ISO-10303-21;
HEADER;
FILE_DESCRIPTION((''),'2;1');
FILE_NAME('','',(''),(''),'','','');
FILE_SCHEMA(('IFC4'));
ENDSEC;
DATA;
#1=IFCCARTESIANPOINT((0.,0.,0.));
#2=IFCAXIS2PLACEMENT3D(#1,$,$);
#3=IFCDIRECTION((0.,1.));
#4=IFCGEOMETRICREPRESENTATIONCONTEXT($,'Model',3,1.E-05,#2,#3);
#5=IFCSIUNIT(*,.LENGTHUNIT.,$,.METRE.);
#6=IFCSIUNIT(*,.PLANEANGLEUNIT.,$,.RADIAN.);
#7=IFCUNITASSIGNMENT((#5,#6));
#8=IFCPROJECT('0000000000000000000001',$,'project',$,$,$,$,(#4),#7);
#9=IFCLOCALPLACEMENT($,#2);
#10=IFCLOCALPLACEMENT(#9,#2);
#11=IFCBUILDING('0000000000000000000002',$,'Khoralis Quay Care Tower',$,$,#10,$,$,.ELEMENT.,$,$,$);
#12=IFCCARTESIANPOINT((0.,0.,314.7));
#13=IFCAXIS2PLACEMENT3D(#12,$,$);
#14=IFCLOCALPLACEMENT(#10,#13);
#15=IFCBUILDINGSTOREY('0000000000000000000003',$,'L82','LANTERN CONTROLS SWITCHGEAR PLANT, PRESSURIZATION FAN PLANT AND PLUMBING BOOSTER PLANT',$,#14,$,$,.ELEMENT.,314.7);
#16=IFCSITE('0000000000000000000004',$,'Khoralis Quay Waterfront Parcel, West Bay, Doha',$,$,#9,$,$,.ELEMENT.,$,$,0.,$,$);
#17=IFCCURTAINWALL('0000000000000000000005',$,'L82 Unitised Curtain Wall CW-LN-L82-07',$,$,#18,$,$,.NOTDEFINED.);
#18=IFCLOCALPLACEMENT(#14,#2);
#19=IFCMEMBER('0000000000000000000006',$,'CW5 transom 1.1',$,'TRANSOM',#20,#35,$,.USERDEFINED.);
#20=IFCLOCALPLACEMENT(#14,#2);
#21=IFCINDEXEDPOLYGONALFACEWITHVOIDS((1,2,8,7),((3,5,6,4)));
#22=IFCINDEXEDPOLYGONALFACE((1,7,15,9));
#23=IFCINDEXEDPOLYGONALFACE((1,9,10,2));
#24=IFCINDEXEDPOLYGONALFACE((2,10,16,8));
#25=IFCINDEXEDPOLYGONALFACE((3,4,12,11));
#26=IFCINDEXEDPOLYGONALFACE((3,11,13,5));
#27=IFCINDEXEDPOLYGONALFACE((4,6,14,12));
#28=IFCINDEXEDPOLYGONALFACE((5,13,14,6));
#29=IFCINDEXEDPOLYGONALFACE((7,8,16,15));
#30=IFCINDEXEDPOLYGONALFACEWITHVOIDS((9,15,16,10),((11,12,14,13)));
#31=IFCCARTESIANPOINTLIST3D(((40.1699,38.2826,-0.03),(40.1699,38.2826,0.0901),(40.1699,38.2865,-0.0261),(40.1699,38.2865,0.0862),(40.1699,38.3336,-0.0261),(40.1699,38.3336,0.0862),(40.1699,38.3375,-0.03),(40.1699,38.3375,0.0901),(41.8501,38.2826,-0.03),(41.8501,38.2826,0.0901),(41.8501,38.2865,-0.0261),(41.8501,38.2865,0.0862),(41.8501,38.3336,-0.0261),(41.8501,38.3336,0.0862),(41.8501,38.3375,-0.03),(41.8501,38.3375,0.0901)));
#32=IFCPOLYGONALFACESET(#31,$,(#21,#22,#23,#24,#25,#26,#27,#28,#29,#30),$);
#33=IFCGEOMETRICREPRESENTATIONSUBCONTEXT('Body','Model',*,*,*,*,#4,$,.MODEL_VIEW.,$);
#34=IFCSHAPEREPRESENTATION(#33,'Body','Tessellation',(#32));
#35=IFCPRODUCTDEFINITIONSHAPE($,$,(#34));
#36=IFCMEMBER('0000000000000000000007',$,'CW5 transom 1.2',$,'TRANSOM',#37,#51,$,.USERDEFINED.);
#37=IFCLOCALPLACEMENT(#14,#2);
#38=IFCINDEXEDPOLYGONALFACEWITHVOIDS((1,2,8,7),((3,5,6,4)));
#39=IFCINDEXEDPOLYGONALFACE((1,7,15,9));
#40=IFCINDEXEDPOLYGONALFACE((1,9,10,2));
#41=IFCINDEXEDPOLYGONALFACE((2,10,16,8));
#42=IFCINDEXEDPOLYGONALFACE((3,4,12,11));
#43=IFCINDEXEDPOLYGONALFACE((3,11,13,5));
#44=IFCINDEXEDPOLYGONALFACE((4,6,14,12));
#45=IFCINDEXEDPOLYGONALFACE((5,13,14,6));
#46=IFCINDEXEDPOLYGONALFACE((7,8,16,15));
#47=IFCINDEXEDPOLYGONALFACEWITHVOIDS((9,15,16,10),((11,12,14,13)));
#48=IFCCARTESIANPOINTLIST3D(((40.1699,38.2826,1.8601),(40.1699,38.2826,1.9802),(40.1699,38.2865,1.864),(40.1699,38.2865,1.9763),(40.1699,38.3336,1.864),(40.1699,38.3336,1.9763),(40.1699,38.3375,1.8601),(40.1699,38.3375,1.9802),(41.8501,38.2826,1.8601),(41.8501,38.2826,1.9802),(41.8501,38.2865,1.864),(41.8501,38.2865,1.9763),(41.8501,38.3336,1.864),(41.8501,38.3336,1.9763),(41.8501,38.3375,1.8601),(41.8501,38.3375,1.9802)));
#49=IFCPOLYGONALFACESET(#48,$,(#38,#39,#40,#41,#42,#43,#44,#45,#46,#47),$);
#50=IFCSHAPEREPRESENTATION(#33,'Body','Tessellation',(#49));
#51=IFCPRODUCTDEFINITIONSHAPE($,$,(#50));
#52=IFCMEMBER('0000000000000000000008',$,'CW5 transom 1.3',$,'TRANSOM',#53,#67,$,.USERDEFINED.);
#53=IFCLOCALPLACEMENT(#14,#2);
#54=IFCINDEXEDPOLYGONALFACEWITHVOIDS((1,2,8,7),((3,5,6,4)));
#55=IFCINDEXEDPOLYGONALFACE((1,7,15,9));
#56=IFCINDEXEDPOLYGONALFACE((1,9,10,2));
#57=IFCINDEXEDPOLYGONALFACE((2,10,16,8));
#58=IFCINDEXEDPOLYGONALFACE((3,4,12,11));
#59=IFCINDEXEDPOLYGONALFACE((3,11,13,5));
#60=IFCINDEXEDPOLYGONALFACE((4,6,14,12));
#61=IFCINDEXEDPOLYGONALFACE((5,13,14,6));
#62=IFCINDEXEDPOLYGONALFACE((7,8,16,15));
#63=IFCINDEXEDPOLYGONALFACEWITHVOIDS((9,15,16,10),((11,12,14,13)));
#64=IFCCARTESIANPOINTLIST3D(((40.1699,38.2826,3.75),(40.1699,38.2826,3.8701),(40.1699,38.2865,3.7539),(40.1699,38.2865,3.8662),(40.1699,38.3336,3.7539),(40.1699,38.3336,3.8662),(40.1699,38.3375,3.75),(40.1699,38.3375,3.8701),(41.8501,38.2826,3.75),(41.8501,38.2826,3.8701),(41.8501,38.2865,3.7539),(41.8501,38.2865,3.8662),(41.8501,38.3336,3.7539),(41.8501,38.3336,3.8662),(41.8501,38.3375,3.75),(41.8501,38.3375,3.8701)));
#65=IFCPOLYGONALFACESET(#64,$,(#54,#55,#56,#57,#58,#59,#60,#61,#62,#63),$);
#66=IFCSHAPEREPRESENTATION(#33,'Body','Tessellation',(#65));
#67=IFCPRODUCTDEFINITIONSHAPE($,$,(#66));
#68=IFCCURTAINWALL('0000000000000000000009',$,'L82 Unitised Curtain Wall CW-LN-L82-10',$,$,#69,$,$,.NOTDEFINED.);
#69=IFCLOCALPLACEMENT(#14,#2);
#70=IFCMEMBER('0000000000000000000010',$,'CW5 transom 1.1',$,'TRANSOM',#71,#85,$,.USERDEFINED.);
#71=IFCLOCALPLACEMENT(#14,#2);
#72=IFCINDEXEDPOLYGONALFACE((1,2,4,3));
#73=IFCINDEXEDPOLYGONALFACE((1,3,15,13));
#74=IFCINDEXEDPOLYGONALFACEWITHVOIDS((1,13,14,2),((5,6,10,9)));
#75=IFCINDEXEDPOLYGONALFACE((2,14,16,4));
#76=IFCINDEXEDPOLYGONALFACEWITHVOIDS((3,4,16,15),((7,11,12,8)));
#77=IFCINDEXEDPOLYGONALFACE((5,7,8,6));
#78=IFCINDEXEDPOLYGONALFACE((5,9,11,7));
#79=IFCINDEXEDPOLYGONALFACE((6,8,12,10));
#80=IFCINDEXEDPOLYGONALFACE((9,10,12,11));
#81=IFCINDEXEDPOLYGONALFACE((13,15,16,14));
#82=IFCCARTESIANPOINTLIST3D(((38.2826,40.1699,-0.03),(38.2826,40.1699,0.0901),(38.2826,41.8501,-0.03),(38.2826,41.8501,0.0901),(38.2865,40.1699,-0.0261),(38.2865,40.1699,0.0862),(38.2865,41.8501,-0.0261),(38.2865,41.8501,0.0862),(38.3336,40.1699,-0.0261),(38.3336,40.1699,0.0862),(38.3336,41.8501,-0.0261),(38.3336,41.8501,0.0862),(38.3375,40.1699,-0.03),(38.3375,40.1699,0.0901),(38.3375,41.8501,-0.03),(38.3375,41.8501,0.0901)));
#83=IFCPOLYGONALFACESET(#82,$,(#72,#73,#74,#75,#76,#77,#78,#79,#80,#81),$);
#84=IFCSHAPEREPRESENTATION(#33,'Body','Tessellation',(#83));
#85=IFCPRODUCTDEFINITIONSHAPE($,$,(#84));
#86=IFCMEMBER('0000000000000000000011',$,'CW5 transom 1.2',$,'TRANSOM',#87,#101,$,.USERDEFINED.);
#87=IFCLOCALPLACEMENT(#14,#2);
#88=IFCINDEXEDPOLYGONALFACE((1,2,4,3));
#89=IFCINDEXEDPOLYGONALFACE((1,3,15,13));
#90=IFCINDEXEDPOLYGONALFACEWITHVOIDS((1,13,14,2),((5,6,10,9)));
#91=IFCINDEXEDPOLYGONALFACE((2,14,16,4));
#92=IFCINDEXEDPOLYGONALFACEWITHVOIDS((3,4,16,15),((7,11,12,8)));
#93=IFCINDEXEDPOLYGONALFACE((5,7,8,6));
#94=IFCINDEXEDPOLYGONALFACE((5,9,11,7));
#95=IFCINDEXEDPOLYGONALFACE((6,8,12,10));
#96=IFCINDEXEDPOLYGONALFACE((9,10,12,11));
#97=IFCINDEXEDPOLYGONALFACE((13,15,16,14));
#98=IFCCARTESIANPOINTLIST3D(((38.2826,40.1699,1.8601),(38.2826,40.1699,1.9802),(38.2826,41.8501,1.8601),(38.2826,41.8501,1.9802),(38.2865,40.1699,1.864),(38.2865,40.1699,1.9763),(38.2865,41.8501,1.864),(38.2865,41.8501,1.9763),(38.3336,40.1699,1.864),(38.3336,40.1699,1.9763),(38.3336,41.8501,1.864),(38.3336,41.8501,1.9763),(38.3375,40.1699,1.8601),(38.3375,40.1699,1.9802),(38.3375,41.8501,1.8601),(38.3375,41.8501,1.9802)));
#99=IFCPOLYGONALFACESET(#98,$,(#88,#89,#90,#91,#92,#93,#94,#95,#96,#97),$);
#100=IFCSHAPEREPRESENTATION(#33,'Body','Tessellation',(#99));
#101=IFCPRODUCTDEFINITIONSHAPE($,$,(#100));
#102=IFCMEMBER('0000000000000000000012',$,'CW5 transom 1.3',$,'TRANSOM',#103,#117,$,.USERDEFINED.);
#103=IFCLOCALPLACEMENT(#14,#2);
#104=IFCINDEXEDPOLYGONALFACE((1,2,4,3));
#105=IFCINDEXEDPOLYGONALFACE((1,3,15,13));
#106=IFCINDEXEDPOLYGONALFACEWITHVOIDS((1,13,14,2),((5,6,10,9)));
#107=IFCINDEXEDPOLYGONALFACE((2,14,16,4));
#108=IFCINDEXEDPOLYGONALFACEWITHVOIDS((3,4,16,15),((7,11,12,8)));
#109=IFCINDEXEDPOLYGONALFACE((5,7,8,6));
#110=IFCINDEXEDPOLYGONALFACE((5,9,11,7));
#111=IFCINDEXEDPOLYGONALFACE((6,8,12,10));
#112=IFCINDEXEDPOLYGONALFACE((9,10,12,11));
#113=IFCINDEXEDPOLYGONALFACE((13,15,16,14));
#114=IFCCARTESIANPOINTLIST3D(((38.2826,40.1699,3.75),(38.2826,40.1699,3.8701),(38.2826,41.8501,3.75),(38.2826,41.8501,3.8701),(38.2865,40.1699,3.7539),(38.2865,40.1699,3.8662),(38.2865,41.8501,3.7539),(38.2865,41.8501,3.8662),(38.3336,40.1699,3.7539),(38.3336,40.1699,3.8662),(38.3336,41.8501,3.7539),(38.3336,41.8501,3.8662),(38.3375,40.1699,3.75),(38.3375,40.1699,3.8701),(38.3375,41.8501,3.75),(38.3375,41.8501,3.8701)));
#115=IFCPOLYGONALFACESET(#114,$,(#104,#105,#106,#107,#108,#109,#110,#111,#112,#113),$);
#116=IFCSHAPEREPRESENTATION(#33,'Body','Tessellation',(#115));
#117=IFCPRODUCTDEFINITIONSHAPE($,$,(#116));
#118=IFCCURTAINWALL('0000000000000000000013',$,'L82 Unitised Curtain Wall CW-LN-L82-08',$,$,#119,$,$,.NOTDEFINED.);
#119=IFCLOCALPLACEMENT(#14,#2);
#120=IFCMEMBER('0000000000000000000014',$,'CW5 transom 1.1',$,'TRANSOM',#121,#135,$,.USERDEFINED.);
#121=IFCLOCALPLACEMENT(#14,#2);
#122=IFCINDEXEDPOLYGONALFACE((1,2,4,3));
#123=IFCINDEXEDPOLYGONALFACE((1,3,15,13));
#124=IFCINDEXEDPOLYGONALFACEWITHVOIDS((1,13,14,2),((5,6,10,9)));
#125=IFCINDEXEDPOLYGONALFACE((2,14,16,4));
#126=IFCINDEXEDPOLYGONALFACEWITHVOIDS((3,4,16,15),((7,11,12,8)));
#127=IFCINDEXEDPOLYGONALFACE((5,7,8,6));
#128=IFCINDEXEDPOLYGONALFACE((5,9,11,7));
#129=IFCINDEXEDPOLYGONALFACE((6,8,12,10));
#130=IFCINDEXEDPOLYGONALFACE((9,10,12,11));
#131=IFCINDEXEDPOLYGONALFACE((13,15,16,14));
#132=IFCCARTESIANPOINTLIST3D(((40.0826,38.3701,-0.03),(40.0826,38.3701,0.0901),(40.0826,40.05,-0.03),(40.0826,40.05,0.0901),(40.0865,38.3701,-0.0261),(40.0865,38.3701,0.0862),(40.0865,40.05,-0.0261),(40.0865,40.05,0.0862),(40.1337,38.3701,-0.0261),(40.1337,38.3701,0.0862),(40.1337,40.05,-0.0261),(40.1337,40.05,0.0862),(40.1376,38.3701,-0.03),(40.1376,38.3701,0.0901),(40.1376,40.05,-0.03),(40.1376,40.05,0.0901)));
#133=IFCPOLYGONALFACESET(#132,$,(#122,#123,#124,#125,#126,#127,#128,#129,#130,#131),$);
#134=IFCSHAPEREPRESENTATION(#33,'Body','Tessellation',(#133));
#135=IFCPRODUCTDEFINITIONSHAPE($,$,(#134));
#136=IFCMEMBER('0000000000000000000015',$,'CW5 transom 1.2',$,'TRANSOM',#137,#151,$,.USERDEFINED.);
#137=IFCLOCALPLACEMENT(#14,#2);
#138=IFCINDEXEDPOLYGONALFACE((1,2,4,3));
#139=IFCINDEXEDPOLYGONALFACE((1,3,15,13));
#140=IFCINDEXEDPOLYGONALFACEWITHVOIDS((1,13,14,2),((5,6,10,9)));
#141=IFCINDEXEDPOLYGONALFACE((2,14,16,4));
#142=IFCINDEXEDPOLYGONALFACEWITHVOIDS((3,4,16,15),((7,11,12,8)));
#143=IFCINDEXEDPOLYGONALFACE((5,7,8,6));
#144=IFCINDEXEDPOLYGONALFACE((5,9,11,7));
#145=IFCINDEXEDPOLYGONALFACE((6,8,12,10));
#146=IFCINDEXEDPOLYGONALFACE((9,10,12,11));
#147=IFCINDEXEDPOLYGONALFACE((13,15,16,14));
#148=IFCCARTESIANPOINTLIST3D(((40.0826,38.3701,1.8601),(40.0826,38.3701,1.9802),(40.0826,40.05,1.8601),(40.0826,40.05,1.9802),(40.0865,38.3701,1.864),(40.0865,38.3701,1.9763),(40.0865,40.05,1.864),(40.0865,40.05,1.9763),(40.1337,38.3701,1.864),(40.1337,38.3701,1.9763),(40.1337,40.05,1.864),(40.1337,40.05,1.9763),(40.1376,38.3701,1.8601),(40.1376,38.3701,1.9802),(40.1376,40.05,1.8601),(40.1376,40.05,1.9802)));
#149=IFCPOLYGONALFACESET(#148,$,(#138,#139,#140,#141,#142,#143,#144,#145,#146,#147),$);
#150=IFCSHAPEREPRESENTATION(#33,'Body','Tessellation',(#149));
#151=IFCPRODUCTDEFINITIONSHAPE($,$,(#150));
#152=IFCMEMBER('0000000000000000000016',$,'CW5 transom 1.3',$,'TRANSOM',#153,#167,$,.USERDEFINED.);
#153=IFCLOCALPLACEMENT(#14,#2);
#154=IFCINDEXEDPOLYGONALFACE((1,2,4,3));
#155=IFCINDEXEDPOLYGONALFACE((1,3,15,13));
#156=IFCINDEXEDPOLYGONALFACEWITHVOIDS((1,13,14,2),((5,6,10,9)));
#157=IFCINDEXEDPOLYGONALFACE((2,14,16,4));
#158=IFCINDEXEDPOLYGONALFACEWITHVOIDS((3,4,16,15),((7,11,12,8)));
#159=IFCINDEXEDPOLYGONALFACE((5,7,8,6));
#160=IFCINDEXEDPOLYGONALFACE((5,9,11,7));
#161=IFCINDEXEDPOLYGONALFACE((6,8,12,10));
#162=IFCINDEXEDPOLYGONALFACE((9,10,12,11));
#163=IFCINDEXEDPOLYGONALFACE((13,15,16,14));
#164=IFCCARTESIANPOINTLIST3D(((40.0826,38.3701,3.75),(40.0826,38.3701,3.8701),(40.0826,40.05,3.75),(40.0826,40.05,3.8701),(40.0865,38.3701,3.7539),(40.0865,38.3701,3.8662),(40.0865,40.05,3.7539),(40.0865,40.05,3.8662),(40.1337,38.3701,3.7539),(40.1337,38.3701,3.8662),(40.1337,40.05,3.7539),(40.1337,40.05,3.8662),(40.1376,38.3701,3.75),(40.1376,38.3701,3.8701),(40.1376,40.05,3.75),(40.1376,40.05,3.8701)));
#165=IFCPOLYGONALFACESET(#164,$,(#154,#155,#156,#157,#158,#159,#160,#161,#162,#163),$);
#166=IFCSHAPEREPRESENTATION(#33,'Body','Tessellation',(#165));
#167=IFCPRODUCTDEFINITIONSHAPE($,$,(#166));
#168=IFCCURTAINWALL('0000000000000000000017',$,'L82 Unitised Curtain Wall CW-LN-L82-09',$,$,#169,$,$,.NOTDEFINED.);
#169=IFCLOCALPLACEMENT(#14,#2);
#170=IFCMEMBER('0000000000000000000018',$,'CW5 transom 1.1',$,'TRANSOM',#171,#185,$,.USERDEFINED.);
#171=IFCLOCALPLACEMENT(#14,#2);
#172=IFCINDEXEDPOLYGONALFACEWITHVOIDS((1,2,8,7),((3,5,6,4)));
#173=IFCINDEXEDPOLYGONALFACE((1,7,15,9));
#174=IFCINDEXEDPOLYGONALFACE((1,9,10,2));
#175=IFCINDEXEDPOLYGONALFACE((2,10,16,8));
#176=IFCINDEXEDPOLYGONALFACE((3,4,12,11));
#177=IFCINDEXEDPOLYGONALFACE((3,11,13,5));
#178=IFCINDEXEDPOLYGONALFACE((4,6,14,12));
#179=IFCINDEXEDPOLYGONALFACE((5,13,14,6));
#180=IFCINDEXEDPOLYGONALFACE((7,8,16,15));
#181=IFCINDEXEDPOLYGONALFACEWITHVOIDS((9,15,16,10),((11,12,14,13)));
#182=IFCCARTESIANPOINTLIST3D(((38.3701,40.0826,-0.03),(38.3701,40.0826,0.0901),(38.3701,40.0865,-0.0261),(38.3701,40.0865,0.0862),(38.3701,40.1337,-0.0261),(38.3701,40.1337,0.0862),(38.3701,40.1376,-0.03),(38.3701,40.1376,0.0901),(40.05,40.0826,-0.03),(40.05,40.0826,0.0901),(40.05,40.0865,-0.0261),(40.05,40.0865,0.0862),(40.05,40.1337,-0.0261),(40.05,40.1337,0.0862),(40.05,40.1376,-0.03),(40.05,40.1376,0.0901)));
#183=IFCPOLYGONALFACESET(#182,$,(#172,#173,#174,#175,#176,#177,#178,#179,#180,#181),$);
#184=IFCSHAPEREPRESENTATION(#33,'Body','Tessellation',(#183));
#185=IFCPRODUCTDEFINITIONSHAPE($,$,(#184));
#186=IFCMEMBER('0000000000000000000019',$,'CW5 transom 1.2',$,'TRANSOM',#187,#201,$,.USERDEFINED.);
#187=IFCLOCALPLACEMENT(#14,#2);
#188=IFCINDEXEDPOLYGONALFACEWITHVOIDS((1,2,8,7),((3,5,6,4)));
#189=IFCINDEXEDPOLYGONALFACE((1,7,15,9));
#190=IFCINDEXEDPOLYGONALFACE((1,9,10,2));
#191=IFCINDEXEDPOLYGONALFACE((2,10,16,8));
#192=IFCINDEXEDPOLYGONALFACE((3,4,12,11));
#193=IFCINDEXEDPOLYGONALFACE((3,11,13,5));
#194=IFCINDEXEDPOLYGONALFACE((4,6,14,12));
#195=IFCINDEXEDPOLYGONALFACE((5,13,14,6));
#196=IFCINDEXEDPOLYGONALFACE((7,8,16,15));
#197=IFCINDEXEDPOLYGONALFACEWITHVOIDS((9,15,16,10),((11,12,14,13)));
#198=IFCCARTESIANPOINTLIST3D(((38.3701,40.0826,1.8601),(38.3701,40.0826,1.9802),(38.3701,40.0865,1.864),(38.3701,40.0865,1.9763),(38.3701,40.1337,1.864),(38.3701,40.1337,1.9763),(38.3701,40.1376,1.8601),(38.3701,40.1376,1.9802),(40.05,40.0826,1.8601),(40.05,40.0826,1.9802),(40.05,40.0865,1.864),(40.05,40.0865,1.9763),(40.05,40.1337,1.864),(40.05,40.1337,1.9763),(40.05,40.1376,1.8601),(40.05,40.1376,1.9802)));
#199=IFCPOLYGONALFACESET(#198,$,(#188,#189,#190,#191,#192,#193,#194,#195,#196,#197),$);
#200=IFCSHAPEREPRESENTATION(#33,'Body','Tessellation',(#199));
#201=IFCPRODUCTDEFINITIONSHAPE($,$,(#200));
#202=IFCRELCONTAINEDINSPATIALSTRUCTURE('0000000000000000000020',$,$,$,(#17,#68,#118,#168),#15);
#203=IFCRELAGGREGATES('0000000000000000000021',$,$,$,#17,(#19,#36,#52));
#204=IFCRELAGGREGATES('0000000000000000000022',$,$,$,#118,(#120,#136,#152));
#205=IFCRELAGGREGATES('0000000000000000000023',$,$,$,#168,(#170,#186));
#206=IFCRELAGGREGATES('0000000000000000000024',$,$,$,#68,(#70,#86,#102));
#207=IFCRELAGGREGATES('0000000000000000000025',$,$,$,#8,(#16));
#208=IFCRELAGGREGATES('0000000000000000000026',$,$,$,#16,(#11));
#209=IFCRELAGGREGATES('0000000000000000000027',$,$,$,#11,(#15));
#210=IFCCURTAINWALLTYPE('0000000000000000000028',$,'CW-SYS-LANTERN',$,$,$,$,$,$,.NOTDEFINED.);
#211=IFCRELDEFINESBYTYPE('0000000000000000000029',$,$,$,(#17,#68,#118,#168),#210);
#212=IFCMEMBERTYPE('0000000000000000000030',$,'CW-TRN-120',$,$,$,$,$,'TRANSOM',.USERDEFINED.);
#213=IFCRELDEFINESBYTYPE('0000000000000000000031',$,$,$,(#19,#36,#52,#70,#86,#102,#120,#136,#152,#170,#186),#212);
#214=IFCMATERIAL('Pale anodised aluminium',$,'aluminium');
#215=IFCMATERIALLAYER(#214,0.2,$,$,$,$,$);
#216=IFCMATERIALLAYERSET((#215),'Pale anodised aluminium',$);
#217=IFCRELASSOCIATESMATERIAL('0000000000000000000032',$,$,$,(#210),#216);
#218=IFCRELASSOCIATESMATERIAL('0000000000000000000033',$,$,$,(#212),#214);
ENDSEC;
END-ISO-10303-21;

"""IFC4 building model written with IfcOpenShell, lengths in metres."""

from ifc_helpers import new_model, si_unit, direction, frame, origin, origin_2d, place, context, subcontext, project, spatial, hollow_rectangle, extrude, source, transform, mapped, material, layer, layer_set, material_profile, profile_set, type_object, element, aggregate, save


model = new_model("IFC4")

# Units and contexts
model_context = context("Model", 3, precision=1e-05, world=origin(), true_north=direction((0.0, 1.0)))
body_context = subcontext(model_context, "Body", "Model", "MODEL_VIEW")
ifc_project = project(units=[si_unit("LENGTHUNIT", "METRE"), si_unit("PLANEANGLEUNIT", "RADIAN")], contexts=[model_context])

# Site, building, storey
site_placement = place(None, origin())
site = spatial("IfcSite", under=ifc_project, at=site_placement, Name="Khoralis Quay Waterfront Parcel, West Bay, Doha", CompositionType="ELEMENT", RefElevation=0.0)
building_placement = place(site_placement, origin())
building = spatial("IfcBuilding", under=site, at=building_placement, Name="Khoralis Quay Care Tower", CompositionType="ELEMENT")
storey_placement = place(building_placement, frame((0.0, 0.0, 314.7)))
storey = spatial("IfcBuildingStorey", under=building, at=storey_placement, Name="L82", Description="LANTERN CONTROLS SWITCHGEAR PLANT, PRESSURIZATION FAN PLANT AND PLUMBING BOOSTER PLANT", CompositionType="ELEMENT", Elevation=314.7)

# Curtain walls, members
ifc_material_1 = material(Name="Pale anodised aluminium", Category="aluminium")
ifc_layer_1 = layer(ifc_material_1, 0.2)
ifc_layer_set_1 = layer_set([ifc_layer_1], Name="Pale anodised aluminium")
curtain_wall_type = type_object("IfcCurtainWallType", Name="CW-SYS-LANTERN", PredefinedType="NOTDEFINED", material=ifc_layer_set_1)
curtain_wall_1_placement = place(storey_placement, origin())
curtain_wall_1 = element("IfcCurtainWall", 1, at=curtain_wall_1_placement, inside=storey, type_object=curtain_wall_type, Name="L82 Unitised Curtain Wall CW-LN-L82-07", PredefinedType="NOTDEFINED")
ifc_material_profile_1 = material_profile(ifc_material_1, hollow_rectangle(XDim=0.0549, YDim=0.1201, WallThickness=0.0039, at=origin_2d()), Name="Pale anodised aluminium")
ifc_profile_set_1 = profile_set([ifc_material_profile_1], Name="Pale anodised aluminium")
member_type_1 = type_object("IfcMemberType", Name="CW-TRN-120", ElementType="TRANSOM", PredefinedType="USERDEFINED", material=ifc_profile_set_1)
shared_shape_1 = source(origin(), body_context, "Body", "SweptSolid", [
    extrude(hollow_rectangle(XDim=0.0549, YDim=0.1201, WallThickness=0.0039, at=origin_2d()), origin(), (0.0, 0.0, 1.0), 1.6802),
])
member_1_placement = place(storey_placement, frame((41.8501, 38.3101, 0.03), z_axis=(-1.0, 0.0, 0.0), x_axis=(0.0, -1.0, 0.0)))
member_1 = element("IfcMember", 2, at=member_1_placement, type_object=member_type_1, Name="CW5 transom 1.1", ObjectType="TRANSOM", PredefinedType="USERDEFINED", context=body_context, shape_type="MappedRepresentation", body=[
    mapped(shared_shape_1, transform((0.0, 0.0, 0.0), scale=1.0)),
])
member_2_placement = place(storey_placement, frame((41.8501, 38.3101, 1.9202), z_axis=(-1.0, 0.0, 0.0), x_axis=(0.0, -1.0, 0.0)))
member_2 = element("IfcMember", 3, at=member_2_placement, type_object=member_type_1, Name="CW5 transom 1.2", ObjectType="TRANSOM", PredefinedType="USERDEFINED", context=body_context, shape_type="MappedRepresentation", body=[
    mapped(shared_shape_1, transform((0.0, 0.0, 0.0), scale=1.0)),
])
member_3_placement = place(storey_placement, frame((41.8501, 38.3101, 3.8101), z_axis=(-1.0, 0.0, 0.0), x_axis=(0.0, -1.0, 0.0)))
member_3 = element("IfcMember", 4, at=member_3_placement, type_object=member_type_1, Name="CW5 transom 1.3", ObjectType="TRANSOM", PredefinedType="USERDEFINED", context=body_context, shape_type="MappedRepresentation", body=[
    mapped(shared_shape_1, transform((0.0, 0.0, 0.0), scale=1.0)),
])
curtain_wall_2_placement = place(storey_placement, origin())
curtain_wall_2 = element("IfcCurtainWall", 5, at=curtain_wall_2_placement, inside=storey, type_object=curtain_wall_type, Name="L82 Unitised Curtain Wall CW-LN-L82-10", PredefinedType="NOTDEFINED")
member_4_placement = place(storey_placement, frame((38.3101, 40.1699, 0.03), z_axis=(0.0, 1.0, 0.0), x_axis=(-1.0, 0.0, 0.0)))
member_4 = element("IfcMember", 6, at=member_4_placement, type_object=member_type_1, Name="CW5 transom 1.1", ObjectType="TRANSOM", PredefinedType="USERDEFINED", context=body_context, shape_type="MappedRepresentation", body=[
    mapped(shared_shape_1, transform((0.0, 0.0, 0.0), scale=1.0)),
])
member_5_placement = place(storey_placement, frame((38.3101, 40.1699, 1.9202), z_axis=(0.0, 1.0, 0.0), x_axis=(-1.0, 0.0, 0.0)))
member_5 = element("IfcMember", 7, at=member_5_placement, type_object=member_type_1, Name="CW5 transom 1.2", ObjectType="TRANSOM", PredefinedType="USERDEFINED", context=body_context, shape_type="MappedRepresentation", body=[
    mapped(shared_shape_1, transform((0.0, 0.0, 0.0), scale=1.0)),
])
member_6_placement = place(storey_placement, frame((38.3101, 40.1699, 3.8101), z_axis=(0.0, 1.0, 0.0), x_axis=(-1.0, 0.0, 0.0)))
member_6 = element("IfcMember", 8, at=member_6_placement, type_object=member_type_1, Name="CW5 transom 1.3", ObjectType="TRANSOM", PredefinedType="USERDEFINED", context=body_context, shape_type="MappedRepresentation", body=[
    mapped(shared_shape_1, transform((0.0, 0.0, 0.0), scale=1.0)),
])
curtain_wall_3_placement = place(storey_placement, origin())
curtain_wall_3 = element("IfcCurtainWall", 9, at=curtain_wall_3_placement, inside=storey, type_object=curtain_wall_type, Name="L82 Unitised Curtain Wall CW-LN-L82-08", PredefinedType="NOTDEFINED")
shared_shape_2 = source(origin(), body_context, "Body", "SweptSolid", [
    extrude(hollow_rectangle(XDim=0.0549, YDim=0.1201, WallThickness=0.0039, at=origin_2d()), origin(), (0.0, 0.0, 1.0), 1.6799),
])
member_7_placement = place(storey_placement, frame((40.1101, 38.3701, 0.03), z_axis=(0.0, 1.0, 0.0), x_axis=(-1.0, 0.0, 0.0)))
member_7 = element("IfcMember", 10, at=member_7_placement, type_object=member_type_1, Name="CW5 transom 1.1", ObjectType="TRANSOM", PredefinedType="USERDEFINED", context=body_context, shape_type="MappedRepresentation", body=[
    mapped(shared_shape_2, transform((0.0, 0.0, 0.0), scale=1.0)),
])
member_8_placement = place(storey_placement, frame((40.1101, 38.3701, 1.9202), z_axis=(0.0, 1.0, 0.0), x_axis=(-1.0, 0.0, 0.0)))
member_8 = element("IfcMember", 11, at=member_8_placement, type_object=member_type_1, Name="CW5 transom 1.2", ObjectType="TRANSOM", PredefinedType="USERDEFINED", context=body_context, shape_type="MappedRepresentation", body=[
    mapped(shared_shape_2, transform((0.0, 0.0, 0.0), scale=1.0)),
])
member_9_placement = place(storey_placement, frame((40.1101, 38.3701, 3.8101), z_axis=(0.0, 1.0, 0.0), x_axis=(-1.0, 0.0, 0.0)))
member_9 = element("IfcMember", 12, at=member_9_placement, type_object=member_type_1, Name="CW5 transom 1.3", ObjectType="TRANSOM", PredefinedType="USERDEFINED", context=body_context, shape_type="MappedRepresentation", body=[
    mapped(shared_shape_2, transform((0.0, 0.0, 0.0), scale=1.0)),
])
curtain_wall_4_placement = place(storey_placement, origin())
curtain_wall_4 = element("IfcCurtainWall", 13, at=curtain_wall_4_placement, inside=storey, type_object=curtain_wall_type, Name="L82 Unitised Curtain Wall CW-LN-L82-09", PredefinedType="NOTDEFINED")
member_10_placement = place(storey_placement, frame((40.05, 40.1101, 0.03), z_axis=(-1.0, 0.0, 0.0), x_axis=(0.0, -1.0, 0.0)))
member_10 = element("IfcMember", 14, at=member_10_placement, type_object=member_type_1, Name="CW5 transom 1.1", ObjectType="TRANSOM", PredefinedType="USERDEFINED", context=body_context, shape_type="MappedRepresentation", body=[
    mapped(shared_shape_2, transform((0.0, 0.0, 0.0), scale=1.0)),
])
member_11_placement = place(storey_placement, frame((40.05, 40.1101, 1.9202), z_axis=(-1.0, 0.0, 0.0), x_axis=(0.0, -1.0, 0.0)))
member_11 = element("IfcMember", 15, at=member_11_placement, type_object=member_type_1, Name="CW5 transom 1.2", ObjectType="TRANSOM", PredefinedType="USERDEFINED", context=body_context, shape_type="MappedRepresentation", body=[
    mapped(shared_shape_2, transform((0.0, 0.0, 0.0), scale=1.0)),
])

aggregate(curtain_wall_1, [member_1, member_2, member_3])

aggregate(curtain_wall_3, [member_7, member_8, member_9])
aggregate(curtain_wall_4, [member_10, member_11])
aggregate(curtain_wall_2, [member_4, member_5, member_6])

save(model, "model.ifc")
